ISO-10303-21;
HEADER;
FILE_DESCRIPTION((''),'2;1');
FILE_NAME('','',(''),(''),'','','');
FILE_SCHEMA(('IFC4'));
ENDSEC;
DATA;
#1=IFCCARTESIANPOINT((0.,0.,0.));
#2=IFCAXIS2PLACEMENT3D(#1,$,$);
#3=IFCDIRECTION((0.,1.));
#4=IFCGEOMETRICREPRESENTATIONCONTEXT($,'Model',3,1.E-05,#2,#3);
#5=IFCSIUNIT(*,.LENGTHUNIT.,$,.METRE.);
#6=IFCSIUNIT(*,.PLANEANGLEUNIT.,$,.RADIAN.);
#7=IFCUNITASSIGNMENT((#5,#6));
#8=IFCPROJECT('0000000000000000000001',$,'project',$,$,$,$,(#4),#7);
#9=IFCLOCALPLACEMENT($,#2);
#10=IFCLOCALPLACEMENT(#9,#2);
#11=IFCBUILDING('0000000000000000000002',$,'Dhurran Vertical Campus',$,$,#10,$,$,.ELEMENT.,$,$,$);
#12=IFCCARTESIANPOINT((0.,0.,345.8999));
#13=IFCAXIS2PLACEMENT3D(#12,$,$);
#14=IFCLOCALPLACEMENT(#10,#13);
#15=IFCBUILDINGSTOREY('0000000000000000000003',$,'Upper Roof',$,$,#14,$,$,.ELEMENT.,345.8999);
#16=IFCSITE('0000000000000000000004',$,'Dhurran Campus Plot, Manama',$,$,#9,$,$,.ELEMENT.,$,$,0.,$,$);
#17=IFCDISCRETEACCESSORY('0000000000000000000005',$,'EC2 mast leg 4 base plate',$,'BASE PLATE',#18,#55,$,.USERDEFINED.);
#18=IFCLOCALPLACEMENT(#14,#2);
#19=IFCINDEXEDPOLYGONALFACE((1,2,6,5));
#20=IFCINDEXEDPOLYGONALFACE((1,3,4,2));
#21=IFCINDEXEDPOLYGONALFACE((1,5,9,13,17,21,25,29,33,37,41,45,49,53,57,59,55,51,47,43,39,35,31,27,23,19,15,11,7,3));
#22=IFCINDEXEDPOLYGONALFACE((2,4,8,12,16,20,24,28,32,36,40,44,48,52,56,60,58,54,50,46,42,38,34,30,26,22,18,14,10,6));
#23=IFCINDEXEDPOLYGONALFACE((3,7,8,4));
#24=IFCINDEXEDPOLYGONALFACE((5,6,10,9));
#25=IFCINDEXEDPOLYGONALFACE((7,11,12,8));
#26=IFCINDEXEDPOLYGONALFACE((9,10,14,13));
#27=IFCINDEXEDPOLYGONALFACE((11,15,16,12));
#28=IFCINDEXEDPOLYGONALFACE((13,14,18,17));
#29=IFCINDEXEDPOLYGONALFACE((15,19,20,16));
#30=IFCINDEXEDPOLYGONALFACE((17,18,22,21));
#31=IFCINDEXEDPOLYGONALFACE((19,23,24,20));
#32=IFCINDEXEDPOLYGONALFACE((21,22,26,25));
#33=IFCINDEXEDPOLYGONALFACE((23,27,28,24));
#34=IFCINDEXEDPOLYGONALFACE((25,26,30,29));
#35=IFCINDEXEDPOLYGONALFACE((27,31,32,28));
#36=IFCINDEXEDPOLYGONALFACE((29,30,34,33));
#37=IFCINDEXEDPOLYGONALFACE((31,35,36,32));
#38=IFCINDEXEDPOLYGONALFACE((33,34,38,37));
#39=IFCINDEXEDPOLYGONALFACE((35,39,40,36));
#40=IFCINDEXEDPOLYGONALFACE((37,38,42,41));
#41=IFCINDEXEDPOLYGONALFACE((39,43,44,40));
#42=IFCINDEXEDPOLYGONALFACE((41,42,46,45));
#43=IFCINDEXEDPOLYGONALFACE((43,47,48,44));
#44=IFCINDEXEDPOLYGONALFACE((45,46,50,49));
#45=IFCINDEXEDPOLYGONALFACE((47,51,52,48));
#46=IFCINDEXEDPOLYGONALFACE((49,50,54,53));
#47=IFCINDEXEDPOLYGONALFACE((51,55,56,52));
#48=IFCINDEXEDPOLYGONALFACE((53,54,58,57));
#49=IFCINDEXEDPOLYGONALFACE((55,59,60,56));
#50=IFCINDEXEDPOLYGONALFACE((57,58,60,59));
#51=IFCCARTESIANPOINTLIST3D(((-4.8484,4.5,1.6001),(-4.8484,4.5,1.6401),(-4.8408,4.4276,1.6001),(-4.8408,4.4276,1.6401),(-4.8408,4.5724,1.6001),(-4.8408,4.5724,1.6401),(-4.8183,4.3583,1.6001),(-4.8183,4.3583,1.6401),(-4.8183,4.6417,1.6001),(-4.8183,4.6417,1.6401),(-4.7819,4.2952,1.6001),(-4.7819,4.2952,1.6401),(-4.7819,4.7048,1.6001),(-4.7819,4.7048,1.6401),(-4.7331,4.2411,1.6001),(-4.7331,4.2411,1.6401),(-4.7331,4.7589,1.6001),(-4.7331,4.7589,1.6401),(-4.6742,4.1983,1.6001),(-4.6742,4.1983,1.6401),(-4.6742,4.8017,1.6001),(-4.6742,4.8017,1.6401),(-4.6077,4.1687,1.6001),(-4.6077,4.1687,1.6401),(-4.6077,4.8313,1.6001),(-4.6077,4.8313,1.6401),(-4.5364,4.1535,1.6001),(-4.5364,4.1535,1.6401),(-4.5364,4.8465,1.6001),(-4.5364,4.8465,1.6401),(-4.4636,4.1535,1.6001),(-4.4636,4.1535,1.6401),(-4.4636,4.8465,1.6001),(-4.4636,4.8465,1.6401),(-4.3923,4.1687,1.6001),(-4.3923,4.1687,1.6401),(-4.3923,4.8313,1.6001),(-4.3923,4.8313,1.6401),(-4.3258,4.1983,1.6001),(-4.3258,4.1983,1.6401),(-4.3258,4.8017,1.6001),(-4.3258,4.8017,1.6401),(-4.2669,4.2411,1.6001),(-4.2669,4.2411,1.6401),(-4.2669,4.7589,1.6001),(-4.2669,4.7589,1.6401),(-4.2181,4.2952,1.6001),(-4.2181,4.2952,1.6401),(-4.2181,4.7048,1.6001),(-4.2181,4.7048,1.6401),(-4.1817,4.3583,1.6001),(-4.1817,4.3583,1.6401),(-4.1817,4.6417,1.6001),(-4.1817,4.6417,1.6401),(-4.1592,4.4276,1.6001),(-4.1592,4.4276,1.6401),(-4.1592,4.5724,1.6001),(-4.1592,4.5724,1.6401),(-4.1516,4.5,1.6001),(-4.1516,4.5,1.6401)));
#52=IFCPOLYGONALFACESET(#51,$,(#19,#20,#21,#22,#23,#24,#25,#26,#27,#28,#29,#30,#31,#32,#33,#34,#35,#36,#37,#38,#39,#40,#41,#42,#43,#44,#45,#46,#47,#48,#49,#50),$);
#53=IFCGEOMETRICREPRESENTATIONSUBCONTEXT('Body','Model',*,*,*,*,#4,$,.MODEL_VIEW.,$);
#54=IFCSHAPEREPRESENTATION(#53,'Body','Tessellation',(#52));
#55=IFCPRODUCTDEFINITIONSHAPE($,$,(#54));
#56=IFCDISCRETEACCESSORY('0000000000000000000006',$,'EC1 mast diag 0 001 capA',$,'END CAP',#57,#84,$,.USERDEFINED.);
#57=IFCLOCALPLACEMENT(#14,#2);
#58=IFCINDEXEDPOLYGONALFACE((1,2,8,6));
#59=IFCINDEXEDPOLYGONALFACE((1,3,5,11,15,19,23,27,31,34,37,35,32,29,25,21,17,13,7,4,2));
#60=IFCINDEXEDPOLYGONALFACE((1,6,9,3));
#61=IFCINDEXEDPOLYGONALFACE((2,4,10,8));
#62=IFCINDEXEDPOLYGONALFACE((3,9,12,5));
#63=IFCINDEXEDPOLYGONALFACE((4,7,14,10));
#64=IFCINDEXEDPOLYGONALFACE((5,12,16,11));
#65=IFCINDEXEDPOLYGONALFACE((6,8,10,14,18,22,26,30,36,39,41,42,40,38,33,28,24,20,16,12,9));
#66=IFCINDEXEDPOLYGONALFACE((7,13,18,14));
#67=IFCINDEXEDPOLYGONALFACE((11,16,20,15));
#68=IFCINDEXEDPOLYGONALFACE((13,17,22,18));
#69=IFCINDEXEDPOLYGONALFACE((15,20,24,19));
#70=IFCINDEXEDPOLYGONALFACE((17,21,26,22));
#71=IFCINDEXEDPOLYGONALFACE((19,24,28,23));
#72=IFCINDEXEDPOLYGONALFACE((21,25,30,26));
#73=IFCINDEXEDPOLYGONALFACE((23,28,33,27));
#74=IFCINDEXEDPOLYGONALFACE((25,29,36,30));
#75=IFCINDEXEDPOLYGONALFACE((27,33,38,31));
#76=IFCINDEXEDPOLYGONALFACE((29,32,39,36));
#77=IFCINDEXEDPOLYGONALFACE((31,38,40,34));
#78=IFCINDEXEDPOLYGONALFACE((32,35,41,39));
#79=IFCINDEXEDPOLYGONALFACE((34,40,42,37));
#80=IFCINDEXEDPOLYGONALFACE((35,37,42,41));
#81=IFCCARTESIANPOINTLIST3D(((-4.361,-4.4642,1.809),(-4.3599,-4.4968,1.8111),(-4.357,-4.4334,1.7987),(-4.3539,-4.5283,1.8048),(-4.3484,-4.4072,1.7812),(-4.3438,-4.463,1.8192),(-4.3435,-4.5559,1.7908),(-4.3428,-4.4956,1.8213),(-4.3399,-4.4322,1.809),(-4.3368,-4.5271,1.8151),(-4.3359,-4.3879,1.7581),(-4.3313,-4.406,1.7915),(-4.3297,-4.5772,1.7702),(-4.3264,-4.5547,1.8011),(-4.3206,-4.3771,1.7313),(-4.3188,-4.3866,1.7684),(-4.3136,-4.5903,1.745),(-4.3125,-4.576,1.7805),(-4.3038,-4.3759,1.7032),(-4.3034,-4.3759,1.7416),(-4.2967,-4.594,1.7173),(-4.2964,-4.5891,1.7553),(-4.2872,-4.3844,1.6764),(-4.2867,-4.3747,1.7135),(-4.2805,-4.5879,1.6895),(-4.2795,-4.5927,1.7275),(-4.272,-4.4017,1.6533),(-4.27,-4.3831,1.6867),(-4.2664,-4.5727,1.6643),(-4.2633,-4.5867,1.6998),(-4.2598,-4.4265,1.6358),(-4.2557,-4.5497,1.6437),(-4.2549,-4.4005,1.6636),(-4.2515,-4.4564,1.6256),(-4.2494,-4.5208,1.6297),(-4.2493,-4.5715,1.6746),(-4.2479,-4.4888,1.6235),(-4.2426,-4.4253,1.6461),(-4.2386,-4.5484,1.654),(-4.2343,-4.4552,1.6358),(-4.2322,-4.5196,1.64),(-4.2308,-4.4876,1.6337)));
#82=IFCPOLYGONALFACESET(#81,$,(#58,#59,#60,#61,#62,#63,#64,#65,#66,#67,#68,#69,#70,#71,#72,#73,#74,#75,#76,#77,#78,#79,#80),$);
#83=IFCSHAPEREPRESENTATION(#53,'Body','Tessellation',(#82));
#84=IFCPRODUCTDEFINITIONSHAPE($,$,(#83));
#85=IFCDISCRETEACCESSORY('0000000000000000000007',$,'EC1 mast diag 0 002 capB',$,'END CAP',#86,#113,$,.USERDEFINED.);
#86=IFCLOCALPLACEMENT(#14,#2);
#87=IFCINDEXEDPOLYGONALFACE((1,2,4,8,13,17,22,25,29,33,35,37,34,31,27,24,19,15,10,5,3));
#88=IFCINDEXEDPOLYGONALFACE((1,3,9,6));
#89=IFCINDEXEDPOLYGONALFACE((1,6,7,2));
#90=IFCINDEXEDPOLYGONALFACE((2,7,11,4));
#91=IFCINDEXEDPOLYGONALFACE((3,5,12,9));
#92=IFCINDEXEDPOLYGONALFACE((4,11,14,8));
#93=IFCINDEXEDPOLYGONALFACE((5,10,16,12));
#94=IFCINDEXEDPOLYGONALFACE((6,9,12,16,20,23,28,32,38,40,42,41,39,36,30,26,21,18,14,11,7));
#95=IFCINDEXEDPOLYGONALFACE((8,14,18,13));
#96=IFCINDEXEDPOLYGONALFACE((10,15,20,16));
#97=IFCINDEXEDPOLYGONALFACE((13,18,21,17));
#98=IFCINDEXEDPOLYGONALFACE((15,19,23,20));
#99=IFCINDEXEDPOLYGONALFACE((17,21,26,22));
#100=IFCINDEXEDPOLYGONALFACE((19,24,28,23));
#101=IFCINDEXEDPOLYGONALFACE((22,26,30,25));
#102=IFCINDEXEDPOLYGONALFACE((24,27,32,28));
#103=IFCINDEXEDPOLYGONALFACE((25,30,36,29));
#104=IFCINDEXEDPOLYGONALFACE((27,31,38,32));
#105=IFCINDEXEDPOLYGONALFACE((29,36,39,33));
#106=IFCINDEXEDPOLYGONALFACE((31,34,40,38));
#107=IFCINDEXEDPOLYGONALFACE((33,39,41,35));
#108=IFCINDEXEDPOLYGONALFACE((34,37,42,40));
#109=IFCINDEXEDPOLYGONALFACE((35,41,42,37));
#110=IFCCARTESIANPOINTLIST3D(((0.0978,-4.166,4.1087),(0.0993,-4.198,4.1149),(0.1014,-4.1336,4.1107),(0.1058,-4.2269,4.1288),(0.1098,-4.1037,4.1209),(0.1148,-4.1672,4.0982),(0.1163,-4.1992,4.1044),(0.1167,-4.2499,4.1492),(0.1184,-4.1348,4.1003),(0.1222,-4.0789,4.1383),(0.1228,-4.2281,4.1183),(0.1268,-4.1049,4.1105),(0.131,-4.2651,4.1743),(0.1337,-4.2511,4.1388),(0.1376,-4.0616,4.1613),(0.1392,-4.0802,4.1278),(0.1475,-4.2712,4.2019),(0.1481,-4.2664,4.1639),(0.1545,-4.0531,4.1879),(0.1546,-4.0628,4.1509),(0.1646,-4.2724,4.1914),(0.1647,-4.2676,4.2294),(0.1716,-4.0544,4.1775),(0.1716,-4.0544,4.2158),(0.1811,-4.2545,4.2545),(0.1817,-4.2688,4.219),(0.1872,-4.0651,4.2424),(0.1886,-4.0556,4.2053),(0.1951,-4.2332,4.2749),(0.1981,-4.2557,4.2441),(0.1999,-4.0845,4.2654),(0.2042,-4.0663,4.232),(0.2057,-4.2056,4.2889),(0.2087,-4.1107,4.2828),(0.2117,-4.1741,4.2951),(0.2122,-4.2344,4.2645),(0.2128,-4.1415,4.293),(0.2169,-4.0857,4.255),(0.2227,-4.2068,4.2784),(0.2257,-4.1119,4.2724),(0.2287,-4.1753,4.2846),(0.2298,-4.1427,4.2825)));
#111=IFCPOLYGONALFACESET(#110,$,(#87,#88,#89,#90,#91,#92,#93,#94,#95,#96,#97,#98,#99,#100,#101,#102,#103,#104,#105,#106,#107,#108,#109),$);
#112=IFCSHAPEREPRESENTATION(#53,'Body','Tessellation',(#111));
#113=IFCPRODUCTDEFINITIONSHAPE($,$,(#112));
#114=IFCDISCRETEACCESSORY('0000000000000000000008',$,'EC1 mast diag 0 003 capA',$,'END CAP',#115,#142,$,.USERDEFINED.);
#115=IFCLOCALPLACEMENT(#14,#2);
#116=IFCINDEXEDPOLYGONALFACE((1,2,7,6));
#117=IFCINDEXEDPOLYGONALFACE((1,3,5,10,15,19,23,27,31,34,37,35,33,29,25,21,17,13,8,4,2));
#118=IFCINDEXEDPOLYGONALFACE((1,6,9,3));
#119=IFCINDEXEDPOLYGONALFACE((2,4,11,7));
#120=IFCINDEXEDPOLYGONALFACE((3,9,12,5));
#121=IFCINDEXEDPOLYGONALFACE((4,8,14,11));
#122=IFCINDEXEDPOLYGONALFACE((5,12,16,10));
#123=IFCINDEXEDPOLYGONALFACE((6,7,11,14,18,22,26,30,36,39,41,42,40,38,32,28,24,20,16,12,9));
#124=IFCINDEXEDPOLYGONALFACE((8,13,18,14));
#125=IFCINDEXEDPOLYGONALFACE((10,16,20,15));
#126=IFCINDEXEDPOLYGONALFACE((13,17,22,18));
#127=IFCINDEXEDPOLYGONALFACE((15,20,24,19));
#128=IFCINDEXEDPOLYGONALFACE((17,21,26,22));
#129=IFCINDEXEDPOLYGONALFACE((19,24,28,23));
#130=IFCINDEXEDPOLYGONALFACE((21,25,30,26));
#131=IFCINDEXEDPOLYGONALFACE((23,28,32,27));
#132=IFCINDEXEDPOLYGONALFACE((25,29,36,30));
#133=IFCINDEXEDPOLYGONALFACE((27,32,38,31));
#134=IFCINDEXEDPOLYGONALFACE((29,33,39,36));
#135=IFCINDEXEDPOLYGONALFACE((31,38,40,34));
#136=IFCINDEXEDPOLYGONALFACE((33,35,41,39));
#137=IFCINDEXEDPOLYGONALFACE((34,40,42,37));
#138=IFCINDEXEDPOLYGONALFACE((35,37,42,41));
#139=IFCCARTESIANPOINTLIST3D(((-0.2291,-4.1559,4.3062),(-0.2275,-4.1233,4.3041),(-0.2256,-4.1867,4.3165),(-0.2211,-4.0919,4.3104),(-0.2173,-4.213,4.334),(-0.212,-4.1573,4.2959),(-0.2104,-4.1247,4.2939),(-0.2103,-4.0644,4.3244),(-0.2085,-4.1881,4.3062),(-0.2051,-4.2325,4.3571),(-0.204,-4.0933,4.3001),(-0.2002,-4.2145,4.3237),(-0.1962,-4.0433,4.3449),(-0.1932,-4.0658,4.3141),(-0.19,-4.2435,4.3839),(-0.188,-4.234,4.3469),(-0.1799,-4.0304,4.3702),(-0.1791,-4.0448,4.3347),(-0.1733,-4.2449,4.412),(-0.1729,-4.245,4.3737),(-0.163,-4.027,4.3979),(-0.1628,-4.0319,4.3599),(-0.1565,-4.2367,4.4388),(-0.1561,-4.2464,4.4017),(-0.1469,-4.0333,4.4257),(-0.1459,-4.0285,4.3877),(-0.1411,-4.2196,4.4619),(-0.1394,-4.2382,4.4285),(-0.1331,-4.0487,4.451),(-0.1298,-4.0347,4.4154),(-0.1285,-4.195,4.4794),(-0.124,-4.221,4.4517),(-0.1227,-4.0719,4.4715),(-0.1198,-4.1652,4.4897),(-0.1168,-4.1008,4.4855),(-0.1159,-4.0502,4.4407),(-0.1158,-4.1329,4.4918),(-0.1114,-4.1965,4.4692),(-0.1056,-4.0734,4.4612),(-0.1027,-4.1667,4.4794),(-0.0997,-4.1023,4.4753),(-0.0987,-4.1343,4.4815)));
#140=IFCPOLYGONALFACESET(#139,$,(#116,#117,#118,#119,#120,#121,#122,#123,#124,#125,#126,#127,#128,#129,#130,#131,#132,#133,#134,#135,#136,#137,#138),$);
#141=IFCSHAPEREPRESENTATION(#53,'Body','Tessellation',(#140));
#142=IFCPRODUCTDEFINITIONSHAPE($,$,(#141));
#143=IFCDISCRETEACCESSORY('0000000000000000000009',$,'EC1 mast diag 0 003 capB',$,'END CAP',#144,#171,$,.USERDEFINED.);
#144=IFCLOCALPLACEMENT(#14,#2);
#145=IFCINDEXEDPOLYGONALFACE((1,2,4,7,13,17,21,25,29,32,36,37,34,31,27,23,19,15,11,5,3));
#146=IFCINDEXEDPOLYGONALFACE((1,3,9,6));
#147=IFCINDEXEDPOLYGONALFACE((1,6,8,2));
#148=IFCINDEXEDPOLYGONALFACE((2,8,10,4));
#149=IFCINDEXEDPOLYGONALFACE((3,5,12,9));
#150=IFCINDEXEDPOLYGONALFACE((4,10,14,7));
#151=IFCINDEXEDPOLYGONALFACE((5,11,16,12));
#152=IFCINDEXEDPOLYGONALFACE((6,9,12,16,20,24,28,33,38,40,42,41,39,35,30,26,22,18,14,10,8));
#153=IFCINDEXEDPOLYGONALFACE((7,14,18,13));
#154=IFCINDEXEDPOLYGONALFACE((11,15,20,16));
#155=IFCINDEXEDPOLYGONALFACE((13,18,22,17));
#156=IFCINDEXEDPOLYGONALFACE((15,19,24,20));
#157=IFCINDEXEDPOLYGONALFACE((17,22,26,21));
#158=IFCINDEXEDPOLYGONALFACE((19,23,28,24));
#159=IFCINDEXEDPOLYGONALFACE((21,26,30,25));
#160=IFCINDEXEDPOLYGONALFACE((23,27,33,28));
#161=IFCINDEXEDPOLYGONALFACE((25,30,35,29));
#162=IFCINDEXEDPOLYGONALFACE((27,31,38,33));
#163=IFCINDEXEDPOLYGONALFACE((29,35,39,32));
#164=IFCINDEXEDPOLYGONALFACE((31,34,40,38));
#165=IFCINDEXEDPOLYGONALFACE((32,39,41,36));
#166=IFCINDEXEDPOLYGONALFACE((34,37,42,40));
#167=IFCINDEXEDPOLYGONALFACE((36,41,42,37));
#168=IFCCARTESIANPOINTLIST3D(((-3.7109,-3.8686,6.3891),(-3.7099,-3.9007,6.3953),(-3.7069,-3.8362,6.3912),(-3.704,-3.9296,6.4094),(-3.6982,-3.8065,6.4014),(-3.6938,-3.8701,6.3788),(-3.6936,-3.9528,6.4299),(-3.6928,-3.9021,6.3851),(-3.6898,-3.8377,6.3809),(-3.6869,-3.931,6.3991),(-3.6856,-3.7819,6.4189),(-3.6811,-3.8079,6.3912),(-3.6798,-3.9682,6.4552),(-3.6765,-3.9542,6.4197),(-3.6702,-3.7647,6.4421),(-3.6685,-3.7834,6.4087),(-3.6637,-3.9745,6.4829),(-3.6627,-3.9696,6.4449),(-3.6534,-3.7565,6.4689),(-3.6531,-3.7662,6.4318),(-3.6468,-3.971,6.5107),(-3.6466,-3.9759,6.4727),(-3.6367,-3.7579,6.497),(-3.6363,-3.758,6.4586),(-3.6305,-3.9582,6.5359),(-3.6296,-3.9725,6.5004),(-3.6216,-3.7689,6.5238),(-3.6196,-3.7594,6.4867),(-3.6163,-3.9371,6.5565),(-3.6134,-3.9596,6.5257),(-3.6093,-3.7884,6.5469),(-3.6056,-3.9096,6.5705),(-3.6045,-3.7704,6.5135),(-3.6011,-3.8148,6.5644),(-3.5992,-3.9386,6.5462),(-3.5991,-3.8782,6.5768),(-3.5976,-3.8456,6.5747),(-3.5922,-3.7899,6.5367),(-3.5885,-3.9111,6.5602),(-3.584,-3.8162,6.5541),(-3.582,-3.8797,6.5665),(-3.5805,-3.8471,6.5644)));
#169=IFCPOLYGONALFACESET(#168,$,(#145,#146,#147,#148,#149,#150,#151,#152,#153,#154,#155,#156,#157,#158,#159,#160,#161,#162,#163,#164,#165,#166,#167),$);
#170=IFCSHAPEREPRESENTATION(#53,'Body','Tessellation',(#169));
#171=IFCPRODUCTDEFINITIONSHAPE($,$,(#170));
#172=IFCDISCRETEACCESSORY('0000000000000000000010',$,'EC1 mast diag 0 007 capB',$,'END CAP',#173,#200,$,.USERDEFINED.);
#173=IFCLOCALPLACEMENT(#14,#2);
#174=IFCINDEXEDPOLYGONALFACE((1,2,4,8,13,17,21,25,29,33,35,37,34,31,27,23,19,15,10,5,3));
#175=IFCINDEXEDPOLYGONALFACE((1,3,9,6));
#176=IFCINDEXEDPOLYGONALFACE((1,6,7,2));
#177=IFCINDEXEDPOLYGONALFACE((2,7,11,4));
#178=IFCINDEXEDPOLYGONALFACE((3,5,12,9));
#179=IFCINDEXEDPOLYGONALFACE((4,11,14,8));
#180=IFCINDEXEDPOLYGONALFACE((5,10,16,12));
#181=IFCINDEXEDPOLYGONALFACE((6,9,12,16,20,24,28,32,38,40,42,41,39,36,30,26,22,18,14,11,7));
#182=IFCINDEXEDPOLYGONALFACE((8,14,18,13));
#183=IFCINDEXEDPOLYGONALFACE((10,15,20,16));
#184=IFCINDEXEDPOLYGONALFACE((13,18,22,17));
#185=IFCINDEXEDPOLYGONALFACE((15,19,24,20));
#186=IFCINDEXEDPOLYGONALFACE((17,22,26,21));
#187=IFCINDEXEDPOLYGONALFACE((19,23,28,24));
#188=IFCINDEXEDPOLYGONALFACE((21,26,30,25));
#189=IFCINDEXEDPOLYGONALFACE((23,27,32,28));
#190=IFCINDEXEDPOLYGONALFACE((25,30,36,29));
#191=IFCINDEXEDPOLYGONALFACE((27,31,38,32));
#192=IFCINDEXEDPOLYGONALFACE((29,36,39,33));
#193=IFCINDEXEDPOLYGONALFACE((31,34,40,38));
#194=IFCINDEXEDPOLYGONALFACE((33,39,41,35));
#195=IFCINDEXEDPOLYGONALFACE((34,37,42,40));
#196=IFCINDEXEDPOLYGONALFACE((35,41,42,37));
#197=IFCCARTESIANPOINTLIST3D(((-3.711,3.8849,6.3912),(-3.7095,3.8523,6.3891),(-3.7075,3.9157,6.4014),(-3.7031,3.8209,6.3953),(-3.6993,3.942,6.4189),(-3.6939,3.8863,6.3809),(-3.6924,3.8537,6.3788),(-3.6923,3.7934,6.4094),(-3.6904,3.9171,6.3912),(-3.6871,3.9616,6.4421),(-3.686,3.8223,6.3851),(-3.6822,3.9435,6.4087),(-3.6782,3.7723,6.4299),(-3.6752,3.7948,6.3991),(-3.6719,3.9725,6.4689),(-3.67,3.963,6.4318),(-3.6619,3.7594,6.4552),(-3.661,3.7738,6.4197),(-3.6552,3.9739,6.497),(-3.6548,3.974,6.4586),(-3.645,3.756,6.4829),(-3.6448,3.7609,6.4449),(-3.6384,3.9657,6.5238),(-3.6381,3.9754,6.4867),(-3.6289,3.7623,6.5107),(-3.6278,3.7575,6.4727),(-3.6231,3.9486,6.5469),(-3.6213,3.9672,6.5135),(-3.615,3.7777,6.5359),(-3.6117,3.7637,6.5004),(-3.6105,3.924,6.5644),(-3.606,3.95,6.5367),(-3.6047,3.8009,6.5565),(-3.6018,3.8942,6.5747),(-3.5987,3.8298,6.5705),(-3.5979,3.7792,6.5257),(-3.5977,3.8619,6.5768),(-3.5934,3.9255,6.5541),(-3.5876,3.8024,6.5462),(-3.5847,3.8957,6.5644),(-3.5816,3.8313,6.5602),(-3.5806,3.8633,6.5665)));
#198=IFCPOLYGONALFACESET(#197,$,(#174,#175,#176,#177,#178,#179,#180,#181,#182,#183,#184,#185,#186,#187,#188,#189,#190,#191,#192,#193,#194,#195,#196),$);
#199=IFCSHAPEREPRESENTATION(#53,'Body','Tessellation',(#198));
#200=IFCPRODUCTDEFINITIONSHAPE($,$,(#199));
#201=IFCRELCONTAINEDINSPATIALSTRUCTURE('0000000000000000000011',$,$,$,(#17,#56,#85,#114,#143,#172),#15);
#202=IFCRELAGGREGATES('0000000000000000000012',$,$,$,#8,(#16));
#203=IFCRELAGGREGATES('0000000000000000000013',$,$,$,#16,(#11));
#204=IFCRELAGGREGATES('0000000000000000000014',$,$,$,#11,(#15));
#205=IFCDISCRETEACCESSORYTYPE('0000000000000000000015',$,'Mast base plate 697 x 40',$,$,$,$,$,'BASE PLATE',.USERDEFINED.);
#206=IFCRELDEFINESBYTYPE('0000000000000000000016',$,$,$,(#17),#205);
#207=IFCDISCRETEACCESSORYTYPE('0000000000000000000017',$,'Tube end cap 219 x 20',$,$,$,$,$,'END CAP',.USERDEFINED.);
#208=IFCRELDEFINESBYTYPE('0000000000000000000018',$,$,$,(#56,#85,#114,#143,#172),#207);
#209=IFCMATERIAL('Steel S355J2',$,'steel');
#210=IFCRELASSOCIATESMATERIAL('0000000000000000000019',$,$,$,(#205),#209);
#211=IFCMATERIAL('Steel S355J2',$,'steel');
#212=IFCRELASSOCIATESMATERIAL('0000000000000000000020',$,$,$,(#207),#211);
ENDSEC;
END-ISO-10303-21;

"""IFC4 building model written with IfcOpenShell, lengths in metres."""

from ifc_helpers import new_model, si_unit, direction, frame, origin, origin_2d, place, context, subcontext, project, spatial, circle, extrude, material, material_profile, profile_set, type_object, element, save


model = new_model("IFC4")

# Units and contexts
model_context = context("Model", 3, precision=1e-05, world=origin(), true_north=direction((0.0, 1.0)))
body_context = subcontext(model_context, "Body", "Model", "MODEL_VIEW")
ifc_project = project(units=[si_unit("LENGTHUNIT", "METRE"), si_unit("PLANEANGLEUNIT", "RADIAN")], contexts=[model_context])

# Site, building, storey
site_placement = place(None, origin())
site = spatial("IfcSite", under=ifc_project, at=site_placement, Name="Dhurran Campus Plot, Manama", CompositionType="ELEMENT", RefElevation=0.0)
building_placement = place(site_placement, origin())
building = spatial("IfcBuilding", under=site, at=building_placement, Name="Dhurran Vertical Campus", CompositionType="ELEMENT")
storey_placement = place(building_placement, frame((0.0, 0.0, 345.8999)))
storey = spatial("IfcBuildingStorey", under=building, at=storey_placement, Name="Upper Roof", CompositionType="ELEMENT", Elevation=345.8999)

# Discrete accessories
ifc_material_1 = material(Name="Steel S355J2", Category="steel")
ifc_material_profile_1 = material_profile(ifc_material_1, circle(Radius=0.3484, at=origin_2d()), Name="Mast base plate 697 x 40")
ifc_profile_set_1 = profile_set([ifc_material_profile_1], Name="Steel S355J2")
discrete_accessory_type_1 = type_object("IfcDiscreteAccessoryType", Name="Mast base plate 697 x 40", ElementType="BASE PLATE", PredefinedType="USERDEFINED", material=ifc_profile_set_1)
for number, where, z_axis, x_axis, name in (
    (1, (-4.5, 4.5, 1.6001), (0.0, 0.0, 1.0), (1.0, 0.0, 0.0), "EC2 mast leg 4 base plate"),
):
    element("IfcDiscreteAccessory", number, at=place(storey_placement, frame(where, z_axis=z_axis, x_axis=x_axis)), inside=storey, type_object=discrete_accessory_type_1, Name=name, ObjectType="BASE PLATE", PredefinedType="USERDEFINED", context=body_context, shape_type="SweptSolid", body=[
        extrude(circle(Radius=0.3484, at=origin_2d()), origin(), (0.0, 0.0, 1.0), 0.04),
    ])
ifc_material_2 = material(Name="Steel S355J2", Category="steel")
ifc_material_profile_2 = material_profile(ifc_material_2, circle(Radius=0.1096, at=origin_2d()), Name="Tube end cap 219 x 20")
ifc_profile_set_2 = profile_set([ifc_material_profile_2], Name="Steel S355J2")
discrete_accessory_type_2 = type_object("IfcDiscreteAccessoryType", Name="Tube end cap 219 x 20", ElementType="END CAP", PredefinedType="USERDEFINED", material=ifc_profile_set_2)
for number, where, z_axis, x_axis, name in (
    (2, (-4.2874, -4.4834, 1.7275), (-0.855889, -0.061135, -0.513533), (0.071247, -0.997459, 0.0), "EC1 mast diag 0 001 capA"),
    (3, (0.1724, -4.1631, 4.1914), (-0.850502, 0.06075, 0.522451), (-0.071247, -0.997459, 0.0), "EC1 mast diag 0 002 capB"),
    (4, (-0.1724, -4.1362, 4.3979), (0.855186, -0.073302, -0.513112), (0.085401, 0.996347, 0.0), "EC1 mast diag 0 003 capA"),
    (5, (-3.6372, -3.8667, 6.4727), (-0.855186, 0.073302, 0.513112), (-0.085401, -0.996347, 0.0), "EC1 mast diag 0 003 capB"),
    (6, (-3.6372, 3.8667, 6.4727), (-0.855186, -0.073302, 0.513112), (0.085401, -0.996347, 0.0), "EC1 mast diag 0 007 capB"),
):
    element("IfcDiscreteAccessory", number, at=place(storey_placement, frame(where, z_axis=z_axis, x_axis=x_axis)), inside=storey, type_object=discrete_accessory_type_2, Name=name, ObjectType="END CAP", PredefinedType="USERDEFINED", context=body_context, shape_type="SweptSolid", body=[
        extrude(circle(Radius=0.1096, at=origin_2d()), origin(), (0.0, 0.0, 1.0), 0.02),
    ])

save(model, "model.ifc")
